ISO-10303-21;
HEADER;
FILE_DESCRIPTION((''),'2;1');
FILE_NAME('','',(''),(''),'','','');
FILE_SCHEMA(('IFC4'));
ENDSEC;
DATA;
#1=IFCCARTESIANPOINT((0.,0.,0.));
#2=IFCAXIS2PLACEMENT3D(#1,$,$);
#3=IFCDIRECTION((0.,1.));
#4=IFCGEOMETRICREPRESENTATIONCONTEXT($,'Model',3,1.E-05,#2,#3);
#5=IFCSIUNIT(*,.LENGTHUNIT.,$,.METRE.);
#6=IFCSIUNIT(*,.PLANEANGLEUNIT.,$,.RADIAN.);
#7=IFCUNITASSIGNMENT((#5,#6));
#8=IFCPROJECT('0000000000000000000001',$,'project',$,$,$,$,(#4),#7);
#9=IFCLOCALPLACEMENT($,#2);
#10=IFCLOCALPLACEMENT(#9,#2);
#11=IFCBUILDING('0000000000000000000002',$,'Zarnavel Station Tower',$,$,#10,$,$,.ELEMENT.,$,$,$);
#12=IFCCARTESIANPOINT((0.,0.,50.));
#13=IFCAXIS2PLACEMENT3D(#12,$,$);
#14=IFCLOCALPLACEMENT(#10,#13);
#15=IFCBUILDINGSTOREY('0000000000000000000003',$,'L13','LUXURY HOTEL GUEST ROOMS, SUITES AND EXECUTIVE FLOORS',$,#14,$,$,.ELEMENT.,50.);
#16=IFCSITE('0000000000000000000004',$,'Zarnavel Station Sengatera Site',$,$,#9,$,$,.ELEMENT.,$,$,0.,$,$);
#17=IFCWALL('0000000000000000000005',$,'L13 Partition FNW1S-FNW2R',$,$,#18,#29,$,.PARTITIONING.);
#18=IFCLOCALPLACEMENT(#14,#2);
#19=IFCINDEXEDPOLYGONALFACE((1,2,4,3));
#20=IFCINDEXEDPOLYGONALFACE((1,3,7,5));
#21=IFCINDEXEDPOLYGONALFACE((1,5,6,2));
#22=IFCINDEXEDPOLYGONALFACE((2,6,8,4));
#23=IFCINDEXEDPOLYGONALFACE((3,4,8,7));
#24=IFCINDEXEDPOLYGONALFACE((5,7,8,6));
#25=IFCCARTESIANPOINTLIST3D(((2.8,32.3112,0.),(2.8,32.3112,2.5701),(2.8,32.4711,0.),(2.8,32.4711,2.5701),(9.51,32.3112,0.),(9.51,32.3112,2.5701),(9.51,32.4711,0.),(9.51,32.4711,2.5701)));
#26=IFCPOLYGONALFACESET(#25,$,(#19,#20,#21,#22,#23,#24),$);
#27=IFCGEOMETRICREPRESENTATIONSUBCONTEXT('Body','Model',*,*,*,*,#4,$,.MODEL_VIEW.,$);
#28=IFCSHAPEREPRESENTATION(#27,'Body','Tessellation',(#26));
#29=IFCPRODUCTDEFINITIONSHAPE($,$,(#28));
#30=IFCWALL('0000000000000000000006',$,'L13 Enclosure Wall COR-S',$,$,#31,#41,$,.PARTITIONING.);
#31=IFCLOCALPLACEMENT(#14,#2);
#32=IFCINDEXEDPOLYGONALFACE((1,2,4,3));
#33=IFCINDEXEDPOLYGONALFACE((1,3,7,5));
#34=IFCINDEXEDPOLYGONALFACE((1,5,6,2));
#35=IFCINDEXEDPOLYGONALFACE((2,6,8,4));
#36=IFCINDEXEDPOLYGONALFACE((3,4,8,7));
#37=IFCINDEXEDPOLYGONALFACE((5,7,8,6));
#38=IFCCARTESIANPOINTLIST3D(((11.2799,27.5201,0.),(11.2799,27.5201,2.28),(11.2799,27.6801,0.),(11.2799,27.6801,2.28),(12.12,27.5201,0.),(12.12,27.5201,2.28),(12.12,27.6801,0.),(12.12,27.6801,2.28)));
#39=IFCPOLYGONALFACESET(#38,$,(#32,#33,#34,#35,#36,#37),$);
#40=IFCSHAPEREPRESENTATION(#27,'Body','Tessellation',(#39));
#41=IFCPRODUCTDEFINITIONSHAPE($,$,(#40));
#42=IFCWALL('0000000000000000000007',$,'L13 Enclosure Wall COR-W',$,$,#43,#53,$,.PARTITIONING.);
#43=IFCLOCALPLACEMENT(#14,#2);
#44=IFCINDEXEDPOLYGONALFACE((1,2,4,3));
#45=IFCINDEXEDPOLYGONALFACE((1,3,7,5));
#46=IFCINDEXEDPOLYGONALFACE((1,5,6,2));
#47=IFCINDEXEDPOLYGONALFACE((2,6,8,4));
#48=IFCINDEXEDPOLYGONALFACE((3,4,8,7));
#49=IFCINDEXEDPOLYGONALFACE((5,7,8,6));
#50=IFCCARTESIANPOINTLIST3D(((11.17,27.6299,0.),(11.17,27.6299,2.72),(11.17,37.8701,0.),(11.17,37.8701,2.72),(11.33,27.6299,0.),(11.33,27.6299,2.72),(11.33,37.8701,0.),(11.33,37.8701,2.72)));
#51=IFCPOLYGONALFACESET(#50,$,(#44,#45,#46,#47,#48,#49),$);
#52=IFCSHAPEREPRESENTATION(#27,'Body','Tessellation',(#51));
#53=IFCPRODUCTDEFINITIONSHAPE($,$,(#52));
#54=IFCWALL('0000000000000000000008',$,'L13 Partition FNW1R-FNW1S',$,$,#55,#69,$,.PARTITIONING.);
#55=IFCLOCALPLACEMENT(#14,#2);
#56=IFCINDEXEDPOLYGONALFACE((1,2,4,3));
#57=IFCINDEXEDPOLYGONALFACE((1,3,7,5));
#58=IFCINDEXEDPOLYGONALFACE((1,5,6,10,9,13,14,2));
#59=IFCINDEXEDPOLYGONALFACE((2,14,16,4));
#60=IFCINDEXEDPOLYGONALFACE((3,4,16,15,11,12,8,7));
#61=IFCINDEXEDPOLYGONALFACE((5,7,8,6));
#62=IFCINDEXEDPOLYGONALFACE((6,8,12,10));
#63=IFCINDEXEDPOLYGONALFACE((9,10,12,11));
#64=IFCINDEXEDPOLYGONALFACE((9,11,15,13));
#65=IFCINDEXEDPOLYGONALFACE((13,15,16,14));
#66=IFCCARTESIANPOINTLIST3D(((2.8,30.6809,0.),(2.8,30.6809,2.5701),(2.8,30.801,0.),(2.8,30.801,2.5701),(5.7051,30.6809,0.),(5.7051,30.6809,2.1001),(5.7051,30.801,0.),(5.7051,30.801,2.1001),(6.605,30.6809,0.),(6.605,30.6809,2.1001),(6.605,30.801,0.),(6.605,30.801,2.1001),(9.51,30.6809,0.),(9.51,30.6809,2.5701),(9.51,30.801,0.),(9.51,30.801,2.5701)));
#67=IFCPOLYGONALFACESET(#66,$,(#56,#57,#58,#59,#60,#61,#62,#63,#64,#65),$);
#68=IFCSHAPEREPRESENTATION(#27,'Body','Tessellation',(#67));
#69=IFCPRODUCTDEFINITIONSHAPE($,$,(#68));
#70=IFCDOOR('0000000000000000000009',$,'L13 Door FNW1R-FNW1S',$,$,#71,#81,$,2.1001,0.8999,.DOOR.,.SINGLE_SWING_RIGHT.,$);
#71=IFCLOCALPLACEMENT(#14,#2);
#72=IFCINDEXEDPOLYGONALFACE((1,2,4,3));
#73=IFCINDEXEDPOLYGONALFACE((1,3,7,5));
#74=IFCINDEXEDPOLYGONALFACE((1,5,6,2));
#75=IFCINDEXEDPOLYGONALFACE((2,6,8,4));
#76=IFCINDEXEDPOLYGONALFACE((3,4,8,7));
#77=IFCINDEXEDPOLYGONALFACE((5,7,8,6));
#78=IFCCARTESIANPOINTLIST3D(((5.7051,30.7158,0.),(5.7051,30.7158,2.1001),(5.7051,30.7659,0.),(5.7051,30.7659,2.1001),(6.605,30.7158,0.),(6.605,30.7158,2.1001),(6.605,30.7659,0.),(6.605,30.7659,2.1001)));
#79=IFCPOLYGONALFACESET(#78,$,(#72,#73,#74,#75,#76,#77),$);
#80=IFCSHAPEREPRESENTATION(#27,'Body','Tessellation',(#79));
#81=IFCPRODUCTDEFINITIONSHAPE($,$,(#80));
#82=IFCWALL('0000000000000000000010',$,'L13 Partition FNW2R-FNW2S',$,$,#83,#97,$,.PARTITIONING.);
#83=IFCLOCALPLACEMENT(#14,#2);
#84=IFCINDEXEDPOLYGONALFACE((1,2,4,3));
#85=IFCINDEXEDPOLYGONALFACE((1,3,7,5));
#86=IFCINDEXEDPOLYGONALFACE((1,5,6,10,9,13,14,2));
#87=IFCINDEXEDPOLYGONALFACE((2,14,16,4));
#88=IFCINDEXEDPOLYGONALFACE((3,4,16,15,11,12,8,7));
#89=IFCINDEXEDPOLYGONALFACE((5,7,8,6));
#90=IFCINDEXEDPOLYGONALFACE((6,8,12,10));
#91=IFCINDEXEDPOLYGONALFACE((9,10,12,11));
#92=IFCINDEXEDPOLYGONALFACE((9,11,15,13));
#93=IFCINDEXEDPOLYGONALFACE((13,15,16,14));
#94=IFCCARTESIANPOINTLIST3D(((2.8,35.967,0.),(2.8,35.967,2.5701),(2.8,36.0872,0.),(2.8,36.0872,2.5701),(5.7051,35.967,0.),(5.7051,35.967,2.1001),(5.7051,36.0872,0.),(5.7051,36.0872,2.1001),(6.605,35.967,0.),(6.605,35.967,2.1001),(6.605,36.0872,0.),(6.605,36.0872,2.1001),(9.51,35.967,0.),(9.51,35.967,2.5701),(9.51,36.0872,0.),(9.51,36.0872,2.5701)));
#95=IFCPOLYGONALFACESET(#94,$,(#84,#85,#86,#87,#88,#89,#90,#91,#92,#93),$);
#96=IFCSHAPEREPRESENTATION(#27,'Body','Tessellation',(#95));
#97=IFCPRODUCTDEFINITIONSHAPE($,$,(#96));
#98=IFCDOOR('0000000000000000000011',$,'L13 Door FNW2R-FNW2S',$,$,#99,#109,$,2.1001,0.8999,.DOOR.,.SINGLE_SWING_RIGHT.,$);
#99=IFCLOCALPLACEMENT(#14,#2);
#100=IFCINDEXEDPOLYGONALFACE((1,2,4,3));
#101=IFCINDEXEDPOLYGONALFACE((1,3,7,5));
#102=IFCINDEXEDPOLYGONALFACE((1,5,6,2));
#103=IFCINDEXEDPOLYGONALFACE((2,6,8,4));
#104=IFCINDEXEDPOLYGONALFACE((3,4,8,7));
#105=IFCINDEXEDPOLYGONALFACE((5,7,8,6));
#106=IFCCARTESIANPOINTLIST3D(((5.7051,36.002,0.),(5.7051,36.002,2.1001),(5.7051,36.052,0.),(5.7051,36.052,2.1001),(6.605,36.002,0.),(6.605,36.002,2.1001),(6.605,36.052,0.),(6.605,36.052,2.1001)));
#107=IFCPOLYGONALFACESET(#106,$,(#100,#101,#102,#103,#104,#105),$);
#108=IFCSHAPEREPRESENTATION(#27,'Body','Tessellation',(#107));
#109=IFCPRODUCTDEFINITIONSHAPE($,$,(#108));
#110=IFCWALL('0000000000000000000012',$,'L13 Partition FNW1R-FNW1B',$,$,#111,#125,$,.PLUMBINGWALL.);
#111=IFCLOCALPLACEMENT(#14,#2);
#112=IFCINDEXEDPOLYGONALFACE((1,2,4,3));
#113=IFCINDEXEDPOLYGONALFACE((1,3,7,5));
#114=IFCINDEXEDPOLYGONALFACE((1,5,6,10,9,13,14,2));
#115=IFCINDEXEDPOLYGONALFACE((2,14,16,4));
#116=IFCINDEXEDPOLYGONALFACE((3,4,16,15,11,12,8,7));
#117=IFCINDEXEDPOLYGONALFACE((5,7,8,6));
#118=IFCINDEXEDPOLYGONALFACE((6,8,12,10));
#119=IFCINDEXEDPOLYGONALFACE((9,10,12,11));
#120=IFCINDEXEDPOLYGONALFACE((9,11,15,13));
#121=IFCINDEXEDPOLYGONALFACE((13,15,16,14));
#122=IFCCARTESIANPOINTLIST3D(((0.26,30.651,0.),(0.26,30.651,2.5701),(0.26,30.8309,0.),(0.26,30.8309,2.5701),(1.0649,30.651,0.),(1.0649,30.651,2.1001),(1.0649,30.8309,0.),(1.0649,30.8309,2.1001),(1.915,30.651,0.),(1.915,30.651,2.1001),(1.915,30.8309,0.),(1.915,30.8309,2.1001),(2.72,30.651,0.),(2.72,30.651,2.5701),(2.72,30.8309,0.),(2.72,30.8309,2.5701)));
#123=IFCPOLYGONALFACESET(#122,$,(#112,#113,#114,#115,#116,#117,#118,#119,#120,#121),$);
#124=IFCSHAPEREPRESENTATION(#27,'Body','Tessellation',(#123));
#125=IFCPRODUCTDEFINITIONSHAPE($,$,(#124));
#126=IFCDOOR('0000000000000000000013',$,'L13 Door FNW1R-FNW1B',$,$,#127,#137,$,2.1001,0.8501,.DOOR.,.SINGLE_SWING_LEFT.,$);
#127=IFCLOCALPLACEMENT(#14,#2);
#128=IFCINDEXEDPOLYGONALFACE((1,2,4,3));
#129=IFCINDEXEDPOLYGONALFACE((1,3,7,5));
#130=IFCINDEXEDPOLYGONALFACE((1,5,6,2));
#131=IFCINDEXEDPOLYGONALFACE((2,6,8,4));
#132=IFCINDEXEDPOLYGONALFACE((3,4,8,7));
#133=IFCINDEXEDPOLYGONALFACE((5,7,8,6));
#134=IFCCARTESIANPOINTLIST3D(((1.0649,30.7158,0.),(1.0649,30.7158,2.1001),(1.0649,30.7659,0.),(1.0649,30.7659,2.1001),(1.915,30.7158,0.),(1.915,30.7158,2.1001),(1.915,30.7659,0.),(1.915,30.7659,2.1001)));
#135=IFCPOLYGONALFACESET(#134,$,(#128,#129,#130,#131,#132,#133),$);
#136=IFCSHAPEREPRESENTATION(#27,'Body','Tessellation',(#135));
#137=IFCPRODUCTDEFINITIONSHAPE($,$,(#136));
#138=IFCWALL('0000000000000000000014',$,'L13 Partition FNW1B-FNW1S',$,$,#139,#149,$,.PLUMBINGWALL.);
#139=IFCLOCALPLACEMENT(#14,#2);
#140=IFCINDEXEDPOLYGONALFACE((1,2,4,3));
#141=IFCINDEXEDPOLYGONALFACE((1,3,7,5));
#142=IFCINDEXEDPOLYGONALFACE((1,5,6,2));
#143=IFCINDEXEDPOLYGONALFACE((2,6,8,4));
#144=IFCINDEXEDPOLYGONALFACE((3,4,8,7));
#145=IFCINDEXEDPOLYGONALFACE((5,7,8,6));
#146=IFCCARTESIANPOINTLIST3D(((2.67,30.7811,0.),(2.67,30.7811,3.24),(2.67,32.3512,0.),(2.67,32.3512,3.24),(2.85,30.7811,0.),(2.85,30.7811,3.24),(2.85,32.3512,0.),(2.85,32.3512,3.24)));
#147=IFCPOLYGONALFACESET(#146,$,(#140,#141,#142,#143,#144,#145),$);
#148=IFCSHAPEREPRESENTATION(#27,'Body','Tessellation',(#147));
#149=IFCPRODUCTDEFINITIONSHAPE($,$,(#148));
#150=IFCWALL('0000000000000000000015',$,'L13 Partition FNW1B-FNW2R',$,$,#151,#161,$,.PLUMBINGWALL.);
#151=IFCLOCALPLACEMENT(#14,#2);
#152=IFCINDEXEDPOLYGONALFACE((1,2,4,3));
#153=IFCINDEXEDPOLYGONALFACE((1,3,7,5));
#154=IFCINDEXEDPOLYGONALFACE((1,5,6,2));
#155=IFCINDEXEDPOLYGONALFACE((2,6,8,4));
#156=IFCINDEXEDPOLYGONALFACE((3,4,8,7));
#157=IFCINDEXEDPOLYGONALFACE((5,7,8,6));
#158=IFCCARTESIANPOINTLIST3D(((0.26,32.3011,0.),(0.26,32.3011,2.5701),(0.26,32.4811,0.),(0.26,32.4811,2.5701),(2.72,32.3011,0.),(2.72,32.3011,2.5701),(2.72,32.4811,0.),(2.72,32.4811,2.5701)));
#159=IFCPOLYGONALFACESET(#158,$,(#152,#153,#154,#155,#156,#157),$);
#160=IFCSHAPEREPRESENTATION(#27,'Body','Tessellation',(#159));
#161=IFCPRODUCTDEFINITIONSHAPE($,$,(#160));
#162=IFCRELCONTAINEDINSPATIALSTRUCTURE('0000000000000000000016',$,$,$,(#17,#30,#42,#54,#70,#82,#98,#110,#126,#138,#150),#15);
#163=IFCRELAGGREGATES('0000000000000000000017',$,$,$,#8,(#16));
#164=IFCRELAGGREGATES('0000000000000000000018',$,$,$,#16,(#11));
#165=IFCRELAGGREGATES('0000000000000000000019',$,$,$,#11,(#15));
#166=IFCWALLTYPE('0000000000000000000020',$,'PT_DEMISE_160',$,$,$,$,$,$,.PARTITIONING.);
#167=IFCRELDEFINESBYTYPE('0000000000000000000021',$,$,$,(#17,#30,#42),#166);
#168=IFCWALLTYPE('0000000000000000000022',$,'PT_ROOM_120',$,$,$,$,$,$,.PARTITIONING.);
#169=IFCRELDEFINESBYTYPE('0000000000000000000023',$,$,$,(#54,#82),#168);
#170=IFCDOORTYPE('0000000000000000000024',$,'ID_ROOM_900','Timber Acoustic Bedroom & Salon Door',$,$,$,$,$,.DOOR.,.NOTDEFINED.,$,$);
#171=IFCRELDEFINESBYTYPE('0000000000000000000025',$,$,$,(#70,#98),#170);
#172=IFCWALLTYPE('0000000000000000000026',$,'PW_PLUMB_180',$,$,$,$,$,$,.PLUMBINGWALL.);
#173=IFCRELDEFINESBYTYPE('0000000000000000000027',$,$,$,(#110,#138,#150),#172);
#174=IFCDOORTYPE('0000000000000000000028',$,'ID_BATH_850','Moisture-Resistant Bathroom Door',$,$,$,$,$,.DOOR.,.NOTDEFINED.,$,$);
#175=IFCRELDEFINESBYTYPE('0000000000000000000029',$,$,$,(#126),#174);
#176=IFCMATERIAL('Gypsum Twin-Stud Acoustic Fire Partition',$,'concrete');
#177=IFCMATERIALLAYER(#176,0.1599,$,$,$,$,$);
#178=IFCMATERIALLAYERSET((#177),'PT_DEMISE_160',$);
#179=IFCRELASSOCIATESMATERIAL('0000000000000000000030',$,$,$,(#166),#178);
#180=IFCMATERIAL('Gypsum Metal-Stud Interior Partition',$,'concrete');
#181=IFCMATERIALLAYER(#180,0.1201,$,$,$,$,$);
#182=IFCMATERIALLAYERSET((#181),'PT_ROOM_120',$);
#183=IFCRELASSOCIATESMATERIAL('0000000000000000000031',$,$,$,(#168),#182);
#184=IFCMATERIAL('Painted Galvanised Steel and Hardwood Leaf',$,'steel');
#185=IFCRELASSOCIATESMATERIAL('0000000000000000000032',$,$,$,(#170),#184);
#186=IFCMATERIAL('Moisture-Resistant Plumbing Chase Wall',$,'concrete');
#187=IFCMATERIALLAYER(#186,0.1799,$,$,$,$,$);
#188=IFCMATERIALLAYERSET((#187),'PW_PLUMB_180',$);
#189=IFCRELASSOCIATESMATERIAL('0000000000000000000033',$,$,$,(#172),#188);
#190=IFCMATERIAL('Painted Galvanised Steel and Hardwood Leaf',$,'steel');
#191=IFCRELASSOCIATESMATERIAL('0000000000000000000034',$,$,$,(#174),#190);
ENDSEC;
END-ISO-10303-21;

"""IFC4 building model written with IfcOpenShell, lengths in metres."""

from ifc_helpers import new_model, si_unit, direction, frame, frame_2d, origin, place, context, subcontext, project, spatial, rectangle, extrude, material, layer, layer_set, type_object, element, fill, save


model = new_model("IFC4")

# Units and contexts
model_context = context("Model", 3, precision=1e-05, world=origin(), true_north=direction((0.0, 1.0)))
body_context = subcontext(model_context, "Body", "Model", "MODEL_VIEW")
ifc_project = project(units=[si_unit("LENGTHUNIT", "METRE"), si_unit("PLANEANGLEUNIT", "RADIAN")], contexts=[model_context])

# Site, building, storey
site_placement = place(None, origin())
site = spatial("IfcSite", under=ifc_project, at=site_placement, Name="Zarnavel Station Sengatera Site", CompositionType="ELEMENT", RefElevation=0.0)
building_placement = place(site_placement, origin())
building = spatial("IfcBuilding", under=site, at=building_placement, Name="Zarnavel Station Tower", CompositionType="ELEMENT")
storey_placement = place(building_placement, frame((0.0, 0.0, 50.0)))
storey = spatial("IfcBuildingStorey", under=building, at=storey_placement, Name="L13", Description="LUXURY HOTEL GUEST ROOMS, SUITES AND EXECUTIVE FLOORS", CompositionType="ELEMENT", Elevation=50.0)

# Shared definitions
ifc_material_1 = material(Name="Gypsum Twin-Stud Acoustic Fire Partition", Category="concrete")
ifc_layer_1 = layer(ifc_material_1, 0.1599)
ifc_layer_set_1 = layer_set([ifc_layer_1], Name="PT_DEMISE_160")
wall_type_1 = type_object("IfcWallType", Name="PT_DEMISE_160", PredefinedType="PARTITIONING", material=ifc_layer_set_1)

# Walls
wall_1_placement = place(storey_placement, frame((2.8, 32.3911, 0.0), z_axis=(0.0, 0.0, 1.0), x_axis=(1.0, 0.0, 0.0)))
element("IfcWall", 1, at=wall_1_placement, inside=storey, type_object=wall_type_1, Name="L13 Partition FNW1S-FNW2R", PredefinedType="PARTITIONING", context=body_context, shape_type="SweptSolid", body=[
    extrude(rectangle(XDim=6.71, YDim=0.1599, at=frame_2d((3.355, 0.0))), origin(), (0.0, 0.0, 1.0), 2.5701),
])
wall_2_placement = place(storey_placement, frame((11.28, 27.6001, 0.0), z_axis=(0.0, 0.0, 1.0), x_axis=(1.0, 0.0, 0.0)))
element("IfcWall", 2, at=wall_2_placement, inside=storey, type_object=wall_type_1, Name="L13 Enclosure Wall COR-S", PredefinedType="PARTITIONING", context=body_context, shape_type="SweptSolid", body=[
    extrude(rectangle(XDim=0.8401, YDim=0.1599, at=frame_2d((0.4199, 0.0))), origin(), (0.0, 0.0, 1.0), 2.28),
])
wall_3_placement = place(storey_placement, frame((11.25, 27.6299, 0.0), z_axis=(0.0, 0.0, 1.0), x_axis=(0.0, 1.0, 0.0)))
element("IfcWall", 3, at=wall_3_placement, inside=storey, type_object=wall_type_1, Name="L13 Enclosure Wall COR-W", PredefinedType="PARTITIONING", context=body_context, shape_type="SweptSolid", body=[
    extrude(rectangle(XDim=10.2402, YDim=0.1599, at=frame_2d((5.1201, 0.0))), origin(), (0.0, 0.0, 1.0), 2.72),
])

# Walls, openings, doors
ifc_material_2 = material(Name="Gypsum Metal-Stud Interior Partition", Category="concrete")
ifc_layer_2 = layer(ifc_material_2, 0.1201)
ifc_layer_set_2 = layer_set([ifc_layer_2], Name="PT_ROOM_120")
wall_type_2 = type_object("IfcWallType", Name="PT_ROOM_120", PredefinedType="PARTITIONING", material=ifc_layer_set_2)
wall_4_placement = place(storey_placement, frame((2.8, 30.741, 0.0), z_axis=(0.0, 0.0, 1.0), x_axis=(1.0, 0.0, 0.0)))
wall_4 = element("IfcWall", 4, at=wall_4_placement, inside=storey, type_object=wall_type_2, Name="L13 Partition FNW1R-FNW1S", PredefinedType="PARTITIONING", context=body_context, shape_type="SweptSolid", body=[
    extrude(rectangle(XDim=6.71, YDim=0.1201, at=frame_2d((3.355, 0.0))), origin(), (0.0, 0.0, 1.0), 2.5701),
])
opening_1_placement = place(wall_4_placement, frame((2.905, 0.0, 0.0)))
opening_1 = element("IfcOpeningElement", 5, at=opening_1_placement, cuts=wall_4, PredefinedType="OPENING", context=body_context, shape_type="SweptSolid", body=[
    extrude(rectangle(XDim=0.8999, YDim=2.1001, at=frame_2d((0.45, 1.05))), frame((0.0, 0.0701, 0.0), z_axis=(0.0, -1.0, 0.0), x_axis=(1.0, 0.0, 0.0)), (0.0, 0.0, 1.0), 0.1401),
])
ifc_material_3 = material(Name="Painted Galvanised Steel and Hardwood Leaf", Category="steel")
door_type_1 = type_object("IfcDoorType", Name="ID_ROOM_900", Description="Timber Acoustic Bedroom & Salon Door", OperationType="NOTDEFINED", PredefinedType="DOOR", material=ifc_material_3)
door_1_placement = place(opening_1_placement, origin())
door_1 = element("IfcDoor", 6, at=door_1_placement, inside=storey, type_object=door_type_1, Name="L13 Door FNW1R-FNW1S", OperationType="SINGLE_SWING_RIGHT", OverallHeight=2.1001, OverallWidth=0.8999, PredefinedType="DOOR", context=body_context, shape_type="SweptSolid", body=[
    extrude(rectangle(XDim=0.8999, YDim=2.1001, at=frame_2d((0.45, 1.05))), frame((0.0, 0.0249, 0.0), z_axis=(0.0, -1.0, 0.0), x_axis=(1.0, 0.0, 0.0)), (0.0, 0.0, 1.0), 0.05),
])
fill(opening_1, door_1)
wall_5_placement = place(storey_placement, frame((2.8, 36.0271, 0.0), z_axis=(0.0, 0.0, 1.0), x_axis=(1.0, 0.0, 0.0)))
wall_5 = element("IfcWall", 7, at=wall_5_placement, inside=storey, type_object=wall_type_2, Name="L13 Partition FNW2R-FNW2S", PredefinedType="PARTITIONING", context=body_context, shape_type="SweptSolid", body=[
    extrude(rectangle(XDim=6.71, YDim=0.1201, at=frame_2d((3.355, 0.0))), origin(), (0.0, 0.0, 1.0), 2.5701),
])
opening_2_placement = place(wall_5_placement, frame((2.905, 0.0, 0.0)))
opening_2 = element("IfcOpeningElement", 8, at=opening_2_placement, cuts=wall_5, PredefinedType="OPENING", context=body_context, shape_type="SweptSolid", body=[
    extrude(rectangle(XDim=0.8999, YDim=2.1001, at=frame_2d((0.45, 1.05))), frame((0.0, 0.0701, 0.0), z_axis=(0.0, -1.0, 0.0), x_axis=(1.0, 0.0, 0.0)), (0.0, 0.0, 1.0), 0.1401),
])
door_2_placement = place(opening_2_placement, origin())
door_2 = element("IfcDoor", 9, at=door_2_placement, inside=storey, type_object=door_type_1, Name="L13 Door FNW2R-FNW2S", OperationType="SINGLE_SWING_RIGHT", OverallHeight=2.1001, OverallWidth=0.8999, PredefinedType="DOOR", context=body_context, shape_type="SweptSolid", body=[
    extrude(rectangle(XDim=0.8999, YDim=2.1001, at=frame_2d((0.45, 1.05))), frame((0.0, 0.0249, 0.0), z_axis=(0.0, -1.0, 0.0), x_axis=(1.0, 0.0, 0.0)), (0.0, 0.0, 1.0), 0.05),
])
fill(opening_2, door_2)
ifc_material_4 = material(Name="Moisture-Resistant Plumbing Chase Wall", Category="concrete")
ifc_layer_3 = layer(ifc_material_4, 0.1799)
ifc_layer_set_3 = layer_set([ifc_layer_3], Name="PW_PLUMB_180")
wall_type_3 = type_object("IfcWallType", Name="PW_PLUMB_180", PredefinedType="PLUMBINGWALL", material=ifc_layer_set_3)
wall_6_placement = place(storey_placement, frame((0.26, 30.741, 0.0), z_axis=(0.0, 0.0, 1.0), x_axis=(1.0, 0.0, 0.0)))
wall_6 = element("IfcWall", 10, at=wall_6_placement, inside=storey, type_object=wall_type_3, Name="L13 Partition FNW1R-FNW1B", PredefinedType="PLUMBINGWALL", context=body_context, shape_type="SweptSolid", body=[
    extrude(rectangle(XDim=2.46, YDim=0.1799, at=frame_2d((1.23, 0.0))), origin(), (0.0, 0.0, 1.0), 2.5701),
])
opening_3_placement = place(wall_6_placement, frame((0.8049, 0.0, 0.0)))
opening_3 = element("IfcOpeningElement", 11, at=opening_3_placement, cuts=wall_6, PredefinedType="OPENING", context=body_context, shape_type="SweptSolid", body=[
    extrude(rectangle(XDim=0.8501, YDim=2.1001, at=frame_2d((0.425, 1.05))), frame((0.0, 0.0999, 0.0), z_axis=(0.0, -1.0, 0.0), x_axis=(1.0, 0.0, 0.0)), (0.0, 0.0, 1.0), 0.2),
])
ifc_material_5 = material(Name="Painted Galvanised Steel and Hardwood Leaf", Category="steel")
door_type_2 = type_object("IfcDoorType", Name="ID_BATH_850", Description="Moisture-Resistant Bathroom Door", OperationType="NOTDEFINED", PredefinedType="DOOR", material=ifc_material_5)
door_3_placement = place(opening_3_placement, origin())
door_3 = element("IfcDoor", 12, at=door_3_placement, inside=storey, type_object=door_type_2, Name="L13 Door FNW1R-FNW1B", OperationType="SINGLE_SWING_LEFT", OverallHeight=2.1001, OverallWidth=0.8501, PredefinedType="DOOR", context=body_context, shape_type="SweptSolid", body=[
    extrude(rectangle(XDim=0.8501, YDim=2.1001, at=frame_2d((0.425, 1.05))), frame((0.0, 0.0249, 0.0), z_axis=(0.0, -1.0, 0.0), x_axis=(1.0, 0.0, 0.0)), (0.0, 0.0, 1.0), 0.05),
])
fill(opening_3, door_3)

# Walls
wall_7_placement = place(storey_placement, frame((2.76, 30.781, 0.0), z_axis=(0.0, 0.0, 1.0), x_axis=(0.0, 1.0, 0.0)))
element("IfcWall", 13, at=wall_7_placement, inside=storey, type_object=wall_type_3, Name="L13 Partition FNW1B-FNW1S", PredefinedType="PLUMBINGWALL", context=body_context, shape_type="SweptSolid", body=[
    extrude(rectangle(XDim=1.5701, YDim=0.1799, at=frame_2d((0.7852, 0.0))), origin(), (0.0, 0.0, 1.0), 3.24),
])
wall_8_placement = place(storey_placement, frame((0.26, 32.3911, 0.0), z_axis=(0.0, 0.0, 1.0), x_axis=(1.0, 0.0, 0.0)))
element("IfcWall", 14, at=wall_8_placement, inside=storey, type_object=wall_type_3, Name="L13 Partition FNW1B-FNW2R", PredefinedType="PLUMBINGWALL", context=body_context, shape_type="SweptSolid", body=[
    extrude(rectangle(XDim=2.46, YDim=0.1799, at=frame_2d((1.23, 0.0))), origin(), (0.0, 0.0, 1.0), 2.5701),
])

save(model, "model.ifc")
